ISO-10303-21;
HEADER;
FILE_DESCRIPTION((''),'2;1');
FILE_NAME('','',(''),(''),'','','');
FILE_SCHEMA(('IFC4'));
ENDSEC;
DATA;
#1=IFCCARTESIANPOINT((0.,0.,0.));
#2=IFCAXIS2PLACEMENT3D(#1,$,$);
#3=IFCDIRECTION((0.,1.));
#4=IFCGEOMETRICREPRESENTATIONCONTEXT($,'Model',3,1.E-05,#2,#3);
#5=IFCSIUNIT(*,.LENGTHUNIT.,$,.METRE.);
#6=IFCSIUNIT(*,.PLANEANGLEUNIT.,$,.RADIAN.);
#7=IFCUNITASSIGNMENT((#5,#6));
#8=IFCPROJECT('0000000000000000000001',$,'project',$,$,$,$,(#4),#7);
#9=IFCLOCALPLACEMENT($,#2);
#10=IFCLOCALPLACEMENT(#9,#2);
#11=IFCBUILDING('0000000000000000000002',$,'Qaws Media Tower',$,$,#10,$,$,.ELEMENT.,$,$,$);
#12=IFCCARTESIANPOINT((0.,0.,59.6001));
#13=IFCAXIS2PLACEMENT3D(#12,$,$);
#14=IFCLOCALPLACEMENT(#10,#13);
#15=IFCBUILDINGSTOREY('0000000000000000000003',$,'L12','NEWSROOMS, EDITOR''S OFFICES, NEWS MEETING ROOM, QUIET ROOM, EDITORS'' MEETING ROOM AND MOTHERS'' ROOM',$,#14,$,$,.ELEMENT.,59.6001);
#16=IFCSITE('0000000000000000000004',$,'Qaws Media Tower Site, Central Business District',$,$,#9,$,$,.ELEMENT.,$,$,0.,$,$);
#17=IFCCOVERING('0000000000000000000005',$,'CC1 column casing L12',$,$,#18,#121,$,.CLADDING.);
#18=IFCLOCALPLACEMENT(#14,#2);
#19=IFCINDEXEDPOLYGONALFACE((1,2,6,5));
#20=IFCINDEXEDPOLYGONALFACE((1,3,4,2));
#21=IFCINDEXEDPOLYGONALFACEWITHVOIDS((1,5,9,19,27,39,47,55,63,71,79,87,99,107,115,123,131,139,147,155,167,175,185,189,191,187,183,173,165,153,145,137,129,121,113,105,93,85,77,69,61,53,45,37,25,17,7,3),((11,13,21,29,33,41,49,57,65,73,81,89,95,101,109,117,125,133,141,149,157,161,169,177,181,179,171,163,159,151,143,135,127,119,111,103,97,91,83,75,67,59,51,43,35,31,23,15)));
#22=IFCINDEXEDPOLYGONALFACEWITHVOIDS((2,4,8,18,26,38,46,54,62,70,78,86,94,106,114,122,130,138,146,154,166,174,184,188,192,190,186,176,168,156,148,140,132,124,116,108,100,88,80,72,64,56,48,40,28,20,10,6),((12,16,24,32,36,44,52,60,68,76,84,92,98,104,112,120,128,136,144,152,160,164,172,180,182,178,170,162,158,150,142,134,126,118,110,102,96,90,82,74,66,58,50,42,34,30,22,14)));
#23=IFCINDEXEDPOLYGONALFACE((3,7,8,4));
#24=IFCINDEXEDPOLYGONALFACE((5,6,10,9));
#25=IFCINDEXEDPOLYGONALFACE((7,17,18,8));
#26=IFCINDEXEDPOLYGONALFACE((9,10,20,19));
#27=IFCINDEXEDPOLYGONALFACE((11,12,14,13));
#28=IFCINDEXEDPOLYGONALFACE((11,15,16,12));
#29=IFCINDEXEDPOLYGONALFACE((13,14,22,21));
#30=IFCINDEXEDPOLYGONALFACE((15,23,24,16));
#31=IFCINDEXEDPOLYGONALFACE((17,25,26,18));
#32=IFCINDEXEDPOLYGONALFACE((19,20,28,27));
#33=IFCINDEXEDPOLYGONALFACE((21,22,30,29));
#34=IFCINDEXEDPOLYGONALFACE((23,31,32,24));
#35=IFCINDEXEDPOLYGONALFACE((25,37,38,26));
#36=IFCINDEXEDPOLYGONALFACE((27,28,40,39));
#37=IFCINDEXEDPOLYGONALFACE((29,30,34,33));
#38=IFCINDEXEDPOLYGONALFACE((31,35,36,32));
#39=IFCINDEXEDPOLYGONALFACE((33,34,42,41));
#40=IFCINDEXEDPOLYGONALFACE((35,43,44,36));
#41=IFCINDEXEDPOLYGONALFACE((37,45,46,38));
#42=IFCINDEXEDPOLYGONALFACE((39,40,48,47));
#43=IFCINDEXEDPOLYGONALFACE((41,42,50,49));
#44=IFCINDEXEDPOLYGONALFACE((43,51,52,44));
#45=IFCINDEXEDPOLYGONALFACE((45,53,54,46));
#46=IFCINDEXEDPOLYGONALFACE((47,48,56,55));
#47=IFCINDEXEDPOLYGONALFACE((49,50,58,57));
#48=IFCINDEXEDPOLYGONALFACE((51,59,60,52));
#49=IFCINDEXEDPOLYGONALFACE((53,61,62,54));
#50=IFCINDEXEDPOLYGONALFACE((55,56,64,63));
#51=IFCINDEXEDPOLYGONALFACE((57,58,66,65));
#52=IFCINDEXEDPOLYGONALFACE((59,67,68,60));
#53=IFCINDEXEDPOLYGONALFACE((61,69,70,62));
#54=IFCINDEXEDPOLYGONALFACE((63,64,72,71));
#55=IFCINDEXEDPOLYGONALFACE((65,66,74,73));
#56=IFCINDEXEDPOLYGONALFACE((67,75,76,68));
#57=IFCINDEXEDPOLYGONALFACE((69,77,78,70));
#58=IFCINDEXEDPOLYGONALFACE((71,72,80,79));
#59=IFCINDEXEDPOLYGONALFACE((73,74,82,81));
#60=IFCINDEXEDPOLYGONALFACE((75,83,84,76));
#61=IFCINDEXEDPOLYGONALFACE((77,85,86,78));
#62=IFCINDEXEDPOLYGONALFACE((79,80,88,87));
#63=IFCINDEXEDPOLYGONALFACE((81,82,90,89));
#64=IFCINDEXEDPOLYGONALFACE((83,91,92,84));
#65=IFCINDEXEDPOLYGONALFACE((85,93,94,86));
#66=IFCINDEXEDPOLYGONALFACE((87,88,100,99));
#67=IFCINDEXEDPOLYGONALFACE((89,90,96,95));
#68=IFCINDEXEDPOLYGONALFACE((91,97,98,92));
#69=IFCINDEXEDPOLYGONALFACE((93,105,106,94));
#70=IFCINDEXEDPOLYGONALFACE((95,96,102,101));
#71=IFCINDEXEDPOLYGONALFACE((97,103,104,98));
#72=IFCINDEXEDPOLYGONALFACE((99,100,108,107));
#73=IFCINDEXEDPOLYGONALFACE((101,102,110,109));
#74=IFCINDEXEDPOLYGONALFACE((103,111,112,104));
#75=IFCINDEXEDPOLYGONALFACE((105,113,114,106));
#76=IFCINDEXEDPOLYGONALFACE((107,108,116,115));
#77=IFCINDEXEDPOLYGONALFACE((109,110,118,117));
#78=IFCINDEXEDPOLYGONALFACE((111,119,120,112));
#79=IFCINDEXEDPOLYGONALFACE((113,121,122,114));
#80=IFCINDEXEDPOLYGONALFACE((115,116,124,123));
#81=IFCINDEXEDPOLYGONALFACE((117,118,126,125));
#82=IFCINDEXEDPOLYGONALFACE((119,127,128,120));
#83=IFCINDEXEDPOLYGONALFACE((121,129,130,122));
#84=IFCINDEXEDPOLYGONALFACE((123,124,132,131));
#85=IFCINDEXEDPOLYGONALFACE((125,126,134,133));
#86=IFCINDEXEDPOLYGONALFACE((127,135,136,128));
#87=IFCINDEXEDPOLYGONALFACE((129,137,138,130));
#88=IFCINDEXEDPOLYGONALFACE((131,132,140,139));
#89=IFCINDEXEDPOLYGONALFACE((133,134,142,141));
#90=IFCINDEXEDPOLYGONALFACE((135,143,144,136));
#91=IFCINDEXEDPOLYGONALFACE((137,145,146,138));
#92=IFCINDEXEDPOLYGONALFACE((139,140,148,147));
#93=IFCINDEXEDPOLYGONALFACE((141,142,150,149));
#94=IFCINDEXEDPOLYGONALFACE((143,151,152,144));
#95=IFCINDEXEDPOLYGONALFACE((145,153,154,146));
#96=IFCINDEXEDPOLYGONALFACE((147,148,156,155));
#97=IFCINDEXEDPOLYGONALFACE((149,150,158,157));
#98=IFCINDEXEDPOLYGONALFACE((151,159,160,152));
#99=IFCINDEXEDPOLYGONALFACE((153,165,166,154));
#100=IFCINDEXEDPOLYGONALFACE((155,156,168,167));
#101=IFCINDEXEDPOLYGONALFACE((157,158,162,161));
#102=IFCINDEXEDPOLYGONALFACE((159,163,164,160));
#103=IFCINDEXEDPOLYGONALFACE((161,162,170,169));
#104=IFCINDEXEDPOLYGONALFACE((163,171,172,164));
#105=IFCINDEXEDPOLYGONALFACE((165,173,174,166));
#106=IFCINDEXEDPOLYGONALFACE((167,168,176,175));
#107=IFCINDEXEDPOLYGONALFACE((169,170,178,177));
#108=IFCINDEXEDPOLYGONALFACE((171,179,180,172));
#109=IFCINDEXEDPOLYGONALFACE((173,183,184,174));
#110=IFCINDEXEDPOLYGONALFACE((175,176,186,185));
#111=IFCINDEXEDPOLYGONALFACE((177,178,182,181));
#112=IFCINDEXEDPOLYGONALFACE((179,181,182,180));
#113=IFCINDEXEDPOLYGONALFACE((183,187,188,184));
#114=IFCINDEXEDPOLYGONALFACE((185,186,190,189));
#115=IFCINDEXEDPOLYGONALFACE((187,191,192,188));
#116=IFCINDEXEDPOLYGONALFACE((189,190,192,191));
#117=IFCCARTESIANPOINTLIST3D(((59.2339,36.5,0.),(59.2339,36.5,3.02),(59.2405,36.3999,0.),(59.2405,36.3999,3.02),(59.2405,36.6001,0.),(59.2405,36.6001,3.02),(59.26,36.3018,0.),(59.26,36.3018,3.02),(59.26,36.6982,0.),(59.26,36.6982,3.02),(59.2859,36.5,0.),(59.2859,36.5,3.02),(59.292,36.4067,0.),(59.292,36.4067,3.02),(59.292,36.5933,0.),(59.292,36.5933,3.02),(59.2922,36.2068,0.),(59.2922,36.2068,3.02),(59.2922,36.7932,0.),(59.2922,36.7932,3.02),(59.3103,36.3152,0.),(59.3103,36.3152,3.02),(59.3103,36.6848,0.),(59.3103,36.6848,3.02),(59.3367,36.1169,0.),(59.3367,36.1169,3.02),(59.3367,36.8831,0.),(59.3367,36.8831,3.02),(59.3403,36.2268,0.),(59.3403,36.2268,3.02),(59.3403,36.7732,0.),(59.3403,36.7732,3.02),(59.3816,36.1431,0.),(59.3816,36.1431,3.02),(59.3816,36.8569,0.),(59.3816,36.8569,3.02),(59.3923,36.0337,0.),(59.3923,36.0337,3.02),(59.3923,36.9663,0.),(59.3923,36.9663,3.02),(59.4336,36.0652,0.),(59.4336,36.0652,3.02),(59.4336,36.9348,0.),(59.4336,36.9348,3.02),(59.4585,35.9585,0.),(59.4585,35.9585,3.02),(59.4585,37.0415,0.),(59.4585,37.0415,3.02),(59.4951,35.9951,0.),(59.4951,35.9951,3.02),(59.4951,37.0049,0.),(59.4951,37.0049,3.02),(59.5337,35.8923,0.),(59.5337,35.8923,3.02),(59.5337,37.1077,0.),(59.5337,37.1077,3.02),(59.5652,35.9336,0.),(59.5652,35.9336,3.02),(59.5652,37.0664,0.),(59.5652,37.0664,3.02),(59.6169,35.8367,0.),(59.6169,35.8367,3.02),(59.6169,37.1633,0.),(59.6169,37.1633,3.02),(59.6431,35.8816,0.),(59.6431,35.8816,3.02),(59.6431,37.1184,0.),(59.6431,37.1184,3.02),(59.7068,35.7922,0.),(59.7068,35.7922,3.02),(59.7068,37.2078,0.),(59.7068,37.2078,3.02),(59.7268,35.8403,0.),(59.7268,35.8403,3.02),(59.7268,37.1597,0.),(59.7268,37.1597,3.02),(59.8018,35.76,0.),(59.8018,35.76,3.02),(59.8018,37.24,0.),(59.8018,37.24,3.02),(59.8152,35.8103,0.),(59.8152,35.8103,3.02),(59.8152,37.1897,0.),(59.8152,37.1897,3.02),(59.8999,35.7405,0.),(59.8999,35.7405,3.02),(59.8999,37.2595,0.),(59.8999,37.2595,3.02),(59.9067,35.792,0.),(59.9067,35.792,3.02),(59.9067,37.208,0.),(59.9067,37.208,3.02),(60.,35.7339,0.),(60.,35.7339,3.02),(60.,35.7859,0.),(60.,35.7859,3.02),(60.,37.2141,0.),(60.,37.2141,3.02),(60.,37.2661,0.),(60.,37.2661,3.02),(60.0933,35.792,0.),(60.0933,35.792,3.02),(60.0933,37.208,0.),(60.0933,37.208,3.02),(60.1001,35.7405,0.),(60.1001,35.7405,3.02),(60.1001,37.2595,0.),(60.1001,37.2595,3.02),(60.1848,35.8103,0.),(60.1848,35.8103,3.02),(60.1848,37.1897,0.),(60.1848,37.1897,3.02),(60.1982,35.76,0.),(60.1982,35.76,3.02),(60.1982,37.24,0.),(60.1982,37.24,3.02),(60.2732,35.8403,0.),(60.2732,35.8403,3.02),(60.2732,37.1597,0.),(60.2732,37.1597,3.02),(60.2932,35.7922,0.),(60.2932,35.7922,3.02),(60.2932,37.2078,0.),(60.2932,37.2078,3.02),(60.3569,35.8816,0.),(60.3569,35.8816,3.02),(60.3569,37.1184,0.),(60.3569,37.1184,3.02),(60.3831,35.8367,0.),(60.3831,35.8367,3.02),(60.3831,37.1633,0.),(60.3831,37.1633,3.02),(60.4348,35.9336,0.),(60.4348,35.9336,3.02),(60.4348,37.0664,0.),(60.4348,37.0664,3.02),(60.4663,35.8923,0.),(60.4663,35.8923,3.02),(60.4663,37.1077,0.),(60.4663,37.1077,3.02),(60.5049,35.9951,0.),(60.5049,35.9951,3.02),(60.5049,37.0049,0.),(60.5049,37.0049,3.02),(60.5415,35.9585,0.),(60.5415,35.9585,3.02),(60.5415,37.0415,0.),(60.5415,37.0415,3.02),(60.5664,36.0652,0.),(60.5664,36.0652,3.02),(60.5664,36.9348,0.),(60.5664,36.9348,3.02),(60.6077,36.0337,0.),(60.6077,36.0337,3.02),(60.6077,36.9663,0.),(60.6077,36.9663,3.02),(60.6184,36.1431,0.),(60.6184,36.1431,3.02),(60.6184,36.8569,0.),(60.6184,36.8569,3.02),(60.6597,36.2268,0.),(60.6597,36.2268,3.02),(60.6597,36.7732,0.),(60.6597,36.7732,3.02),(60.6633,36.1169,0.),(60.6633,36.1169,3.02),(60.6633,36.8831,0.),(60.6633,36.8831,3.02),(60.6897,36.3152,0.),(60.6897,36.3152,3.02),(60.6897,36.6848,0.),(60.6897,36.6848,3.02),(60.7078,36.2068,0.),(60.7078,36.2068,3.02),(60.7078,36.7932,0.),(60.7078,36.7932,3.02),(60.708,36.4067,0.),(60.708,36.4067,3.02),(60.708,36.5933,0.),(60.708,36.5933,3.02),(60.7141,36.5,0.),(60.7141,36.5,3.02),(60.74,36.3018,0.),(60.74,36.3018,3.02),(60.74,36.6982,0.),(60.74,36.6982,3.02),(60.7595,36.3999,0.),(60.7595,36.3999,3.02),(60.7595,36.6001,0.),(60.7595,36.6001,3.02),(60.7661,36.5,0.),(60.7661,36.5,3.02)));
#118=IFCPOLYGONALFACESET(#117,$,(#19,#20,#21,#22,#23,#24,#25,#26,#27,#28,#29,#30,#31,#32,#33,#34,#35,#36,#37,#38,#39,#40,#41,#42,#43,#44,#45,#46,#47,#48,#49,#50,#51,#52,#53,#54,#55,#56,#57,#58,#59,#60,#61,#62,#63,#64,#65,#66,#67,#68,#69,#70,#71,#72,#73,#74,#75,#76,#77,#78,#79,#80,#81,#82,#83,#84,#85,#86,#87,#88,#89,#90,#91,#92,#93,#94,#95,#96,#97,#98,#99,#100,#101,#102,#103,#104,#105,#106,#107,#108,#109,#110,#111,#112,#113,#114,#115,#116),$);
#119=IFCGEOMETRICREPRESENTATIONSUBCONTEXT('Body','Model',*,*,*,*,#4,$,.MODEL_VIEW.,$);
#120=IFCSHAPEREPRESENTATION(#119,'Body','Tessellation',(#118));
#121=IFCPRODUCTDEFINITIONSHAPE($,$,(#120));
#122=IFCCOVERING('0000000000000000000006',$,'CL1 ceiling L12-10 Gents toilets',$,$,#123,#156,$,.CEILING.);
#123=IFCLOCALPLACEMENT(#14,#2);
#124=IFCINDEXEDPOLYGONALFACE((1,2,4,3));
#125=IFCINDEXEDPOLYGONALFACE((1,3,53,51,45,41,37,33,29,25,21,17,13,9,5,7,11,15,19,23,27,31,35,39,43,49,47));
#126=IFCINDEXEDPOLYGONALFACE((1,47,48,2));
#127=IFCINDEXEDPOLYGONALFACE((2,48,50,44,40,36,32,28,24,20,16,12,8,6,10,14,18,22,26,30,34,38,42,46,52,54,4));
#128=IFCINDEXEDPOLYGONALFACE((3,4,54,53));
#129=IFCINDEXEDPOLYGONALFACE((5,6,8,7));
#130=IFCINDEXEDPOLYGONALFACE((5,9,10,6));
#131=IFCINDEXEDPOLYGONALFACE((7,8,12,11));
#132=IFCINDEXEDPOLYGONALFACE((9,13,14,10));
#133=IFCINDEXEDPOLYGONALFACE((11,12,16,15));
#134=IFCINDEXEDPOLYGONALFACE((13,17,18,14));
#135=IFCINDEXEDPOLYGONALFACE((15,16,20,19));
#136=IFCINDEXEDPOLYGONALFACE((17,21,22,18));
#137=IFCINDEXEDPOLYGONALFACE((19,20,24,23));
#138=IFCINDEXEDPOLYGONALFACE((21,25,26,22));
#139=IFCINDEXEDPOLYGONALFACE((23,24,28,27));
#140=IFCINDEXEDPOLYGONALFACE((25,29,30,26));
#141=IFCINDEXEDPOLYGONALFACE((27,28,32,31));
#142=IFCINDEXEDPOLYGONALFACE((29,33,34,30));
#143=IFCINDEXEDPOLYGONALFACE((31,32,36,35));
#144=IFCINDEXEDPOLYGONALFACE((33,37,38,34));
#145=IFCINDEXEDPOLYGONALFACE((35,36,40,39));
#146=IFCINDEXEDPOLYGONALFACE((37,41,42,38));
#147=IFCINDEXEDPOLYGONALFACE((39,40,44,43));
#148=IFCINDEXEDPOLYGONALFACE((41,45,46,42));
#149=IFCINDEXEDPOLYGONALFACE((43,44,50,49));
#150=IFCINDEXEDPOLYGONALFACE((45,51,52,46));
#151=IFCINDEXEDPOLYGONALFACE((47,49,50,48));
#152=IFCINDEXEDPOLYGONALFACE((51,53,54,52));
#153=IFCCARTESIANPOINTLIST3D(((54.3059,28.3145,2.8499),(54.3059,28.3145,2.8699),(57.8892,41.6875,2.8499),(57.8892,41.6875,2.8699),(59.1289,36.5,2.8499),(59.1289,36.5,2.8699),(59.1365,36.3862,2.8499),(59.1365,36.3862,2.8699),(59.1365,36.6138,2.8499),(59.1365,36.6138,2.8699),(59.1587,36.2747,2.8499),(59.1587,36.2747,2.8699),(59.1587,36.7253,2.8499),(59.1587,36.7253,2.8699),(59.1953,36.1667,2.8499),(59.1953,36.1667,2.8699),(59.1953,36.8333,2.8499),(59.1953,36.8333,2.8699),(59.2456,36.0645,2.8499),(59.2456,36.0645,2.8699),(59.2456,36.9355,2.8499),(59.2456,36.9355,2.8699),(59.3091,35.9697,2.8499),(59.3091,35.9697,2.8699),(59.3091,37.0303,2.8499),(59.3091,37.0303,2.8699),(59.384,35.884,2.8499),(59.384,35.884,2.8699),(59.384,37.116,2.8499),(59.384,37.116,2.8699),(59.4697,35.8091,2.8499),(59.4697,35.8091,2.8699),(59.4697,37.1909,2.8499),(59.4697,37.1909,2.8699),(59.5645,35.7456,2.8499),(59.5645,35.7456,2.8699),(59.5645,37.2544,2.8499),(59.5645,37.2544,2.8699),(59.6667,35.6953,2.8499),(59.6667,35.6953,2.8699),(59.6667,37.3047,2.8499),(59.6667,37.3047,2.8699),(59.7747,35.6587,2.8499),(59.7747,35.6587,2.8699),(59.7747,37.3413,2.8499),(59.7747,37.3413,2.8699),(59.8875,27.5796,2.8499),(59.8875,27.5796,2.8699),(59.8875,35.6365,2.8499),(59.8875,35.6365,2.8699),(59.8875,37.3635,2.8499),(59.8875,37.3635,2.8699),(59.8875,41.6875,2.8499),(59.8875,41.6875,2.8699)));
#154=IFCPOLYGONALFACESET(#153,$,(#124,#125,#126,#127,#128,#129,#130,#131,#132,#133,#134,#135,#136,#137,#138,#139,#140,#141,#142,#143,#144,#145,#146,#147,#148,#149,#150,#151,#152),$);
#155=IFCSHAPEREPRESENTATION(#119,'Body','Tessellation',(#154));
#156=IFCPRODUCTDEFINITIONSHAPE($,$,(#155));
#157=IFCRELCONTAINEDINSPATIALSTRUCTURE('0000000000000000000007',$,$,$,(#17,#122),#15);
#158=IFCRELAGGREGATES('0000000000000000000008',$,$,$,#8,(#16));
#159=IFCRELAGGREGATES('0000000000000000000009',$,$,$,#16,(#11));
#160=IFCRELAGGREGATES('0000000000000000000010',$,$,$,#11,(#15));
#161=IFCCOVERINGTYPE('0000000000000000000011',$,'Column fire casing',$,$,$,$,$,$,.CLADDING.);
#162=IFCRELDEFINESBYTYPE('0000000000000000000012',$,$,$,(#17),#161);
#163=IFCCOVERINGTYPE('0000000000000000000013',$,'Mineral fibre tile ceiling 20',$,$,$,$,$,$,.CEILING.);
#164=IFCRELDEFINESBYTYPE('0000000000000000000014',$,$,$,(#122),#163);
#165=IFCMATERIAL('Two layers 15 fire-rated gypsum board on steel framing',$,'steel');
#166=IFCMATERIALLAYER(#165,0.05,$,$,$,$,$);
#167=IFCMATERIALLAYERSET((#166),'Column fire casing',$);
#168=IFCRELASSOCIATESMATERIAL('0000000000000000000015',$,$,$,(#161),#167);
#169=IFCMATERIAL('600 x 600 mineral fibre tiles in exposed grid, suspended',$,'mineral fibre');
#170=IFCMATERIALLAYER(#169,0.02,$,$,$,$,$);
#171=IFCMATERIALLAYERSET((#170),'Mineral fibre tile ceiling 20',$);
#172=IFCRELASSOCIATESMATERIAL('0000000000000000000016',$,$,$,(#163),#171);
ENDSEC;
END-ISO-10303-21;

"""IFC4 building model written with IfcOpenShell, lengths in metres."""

from ifc_helpers import new_model, si_unit, direction, frame, origin, place, context, subcontext, project, spatial, polyline, outline, extrude, material, layer, layer_set, type_object, element, save


model = new_model("IFC4")

# Units and contexts
model_context = context("Model", 3, precision=1e-05, world=origin(), true_north=direction((0.0, 1.0)))
body_context = subcontext(model_context, "Body", "Model", "MODEL_VIEW")
ifc_project = project(units=[si_unit("LENGTHUNIT", "METRE"), si_unit("PLANEANGLEUNIT", "RADIAN")], contexts=[model_context])

# Site, building, storey
site_placement = place(None, origin())
site = spatial("IfcSite", under=ifc_project, at=site_placement, Name="Qaws Media Tower Site, Central Business District", CompositionType="ELEMENT", RefElevation=0.0)
building_placement = place(site_placement, origin())
building = spatial("IfcBuilding", under=site, at=building_placement, Name="Qaws Media Tower", CompositionType="ELEMENT")
storey_placement = place(building_placement, frame((0.0, 0.0, 59.6001)))
storey = spatial("IfcBuildingStorey", under=building, at=storey_placement, Name="L12", Description="NEWSROOMS, EDITOR'S OFFICES, NEWS MEETING ROOM, QUIET ROOM, EDITORS' MEETING ROOM AND MOTHERS' ROOM", CompositionType="ELEMENT", Elevation=59.6001)

# Coverings
ifc_material_1 = material(Name="Two layers 15 fire-rated gypsum board on steel framing", Category="steel")
ifc_layer_1 = layer(ifc_material_1, 0.05)
ifc_layer_set_1 = layer_set([ifc_layer_1], Name="Column fire casing")
covering_type_1 = type_object("IfcCoveringType", Name="Column fire casing", PredefinedType="CLADDING", material=ifc_layer_set_1)
covering_1_placement = place(storey_placement, origin())
element("IfcCovering", 1, at=covering_1_placement, inside=storey, type_object=covering_type_1, Name="CC1 column casing L12", PredefinedType="CLADDING", context=body_context, shape_type="SweptSolid", body=[
    extrude(outline(polyline([(60.7661, 36.5), (60.7595, 36.3999), (60.74, 36.3018), (60.7078, 36.2068), (60.6633, 36.1169), (60.6077, 36.0337), (60.5415, 35.9585), (60.4663, 35.8923), (60.3831, 35.8367), (60.2932, 35.7922), (60.1982, 35.76), (60.1001, 35.7405), (60.0, 35.7339), (59.8999, 35.7405), (59.8018, 35.76), (59.7068, 35.7922), (59.6169, 35.8367), (59.5337, 35.8923), (59.4585, 35.9585), (59.3923, 36.0337), (59.3367, 36.1169), (59.2922, 36.2068), (59.26, 36.3018), (59.2405, 36.3999), (59.2339, 36.5), (59.2405, 36.6001), (59.26, 36.6982), (59.2922, 36.7932), (59.3367, 36.8831), (59.3923, 36.9663), (59.4585, 37.0415), (59.5337, 37.1077), (59.6169, 37.1633), (59.7068, 37.2078), (59.8018, 37.24), (59.8999, 37.2595), (60.0, 37.2661), (60.1001, 37.2595), (60.1982, 37.24), (60.2932, 37.2078), (60.3831, 37.1633), (60.4663, 37.1077), (60.5415, 37.0415), (60.6077, 36.9663), (60.6633, 36.8831), (60.7078, 36.7932), (60.74, 36.6982), (60.7595, 36.6001), (60.7661, 36.5)]), holes=[polyline([(60.7141, 36.5), (60.708, 36.4067), (60.6897, 36.3152), (60.6597, 36.2268), (60.6184, 36.1431), (60.5664, 36.0652), (60.5049, 35.9951), (60.4348, 35.9336), (60.3569, 35.8816), (60.2732, 35.8403), (60.1848, 35.8103), (60.0933, 35.792), (60.0, 35.7859), (59.9067, 35.792), (59.8152, 35.8103), (59.7268, 35.8403), (59.6431, 35.8816), (59.5652, 35.9336), (59.4951, 35.9951), (59.4336, 36.0652), (59.3816, 36.1431), (59.3403, 36.2268), (59.3103, 36.3152), (59.292, 36.4067), (59.2859, 36.5), (59.292, 36.5933), (59.3103, 36.6848), (59.3403, 36.7732), (59.3816, 36.8569), (59.4336, 36.9348), (59.4951, 37.0049), (59.5652, 37.0664), (59.6431, 37.1184), (59.7268, 37.1597), (59.8152, 37.1897), (59.9067, 37.208), (60.0, 37.2141), (60.0933, 37.208), (60.1848, 37.1897), (60.2732, 37.1597), (60.3569, 37.1184), (60.4348, 37.0664), (60.5049, 37.0049), (60.5664, 36.9348), (60.6184, 36.8569), (60.6597, 36.7732), (60.6897, 36.6848), (60.708, 36.5933), (60.7141, 36.5)])]), origin(), (0.0, 0.0, 1.0), 3.02),
])
ifc_material_2 = material(Name="600 x 600 mineral fibre tiles in exposed grid, suspended", Category="mineral fibre")
ifc_layer_2 = layer(ifc_material_2, 0.02)
ifc_layer_set_2 = layer_set([ifc_layer_2], Name="Mineral fibre tile ceiling 20")
covering_type_2 = type_object("IfcCoveringType", Name="Mineral fibre tile ceiling 20", PredefinedType="CEILING", material=ifc_layer_set_2)
covering_2_placement = place(storey_placement, frame((0.0, 0.0, 2.8499)))
element("IfcCovering", 2, at=covering_2_placement, inside=storey, type_object=covering_type_2, Name="CL1 ceiling L12-10 Gents toilets", PredefinedType="CEILING", context=body_context, shape_type="SweptSolid", body=[
    extrude(outline(polyline([(54.3059, 28.3145), (57.8892, 41.6875), (59.8875, 41.6875), (59.8875, 37.3635), (59.7747, 37.3413), (59.6667, 37.3047), (59.5645, 37.2544), (59.4697, 37.1909), (59.384, 37.116), (59.3091, 37.0303), (59.2456, 36.9355), (59.1953, 36.8333), (59.1587, 36.7253), (59.1365, 36.6138), (59.1289, 36.5), (59.1365, 36.3862), (59.1587, 36.2747), (59.1953, 36.1667), (59.2456, 36.0645), (59.3091, 35.9697), (59.384, 35.884), (59.4697, 35.8091), (59.5645, 35.7456), (59.6667, 35.6953), (59.7747, 35.6587), (59.8875, 35.6365), (59.8875, 27.5796), (54.3059, 28.3145)])), origin(), (0.0, 0.0, 1.0), 0.02),
])

save(model, "model.ifc")
